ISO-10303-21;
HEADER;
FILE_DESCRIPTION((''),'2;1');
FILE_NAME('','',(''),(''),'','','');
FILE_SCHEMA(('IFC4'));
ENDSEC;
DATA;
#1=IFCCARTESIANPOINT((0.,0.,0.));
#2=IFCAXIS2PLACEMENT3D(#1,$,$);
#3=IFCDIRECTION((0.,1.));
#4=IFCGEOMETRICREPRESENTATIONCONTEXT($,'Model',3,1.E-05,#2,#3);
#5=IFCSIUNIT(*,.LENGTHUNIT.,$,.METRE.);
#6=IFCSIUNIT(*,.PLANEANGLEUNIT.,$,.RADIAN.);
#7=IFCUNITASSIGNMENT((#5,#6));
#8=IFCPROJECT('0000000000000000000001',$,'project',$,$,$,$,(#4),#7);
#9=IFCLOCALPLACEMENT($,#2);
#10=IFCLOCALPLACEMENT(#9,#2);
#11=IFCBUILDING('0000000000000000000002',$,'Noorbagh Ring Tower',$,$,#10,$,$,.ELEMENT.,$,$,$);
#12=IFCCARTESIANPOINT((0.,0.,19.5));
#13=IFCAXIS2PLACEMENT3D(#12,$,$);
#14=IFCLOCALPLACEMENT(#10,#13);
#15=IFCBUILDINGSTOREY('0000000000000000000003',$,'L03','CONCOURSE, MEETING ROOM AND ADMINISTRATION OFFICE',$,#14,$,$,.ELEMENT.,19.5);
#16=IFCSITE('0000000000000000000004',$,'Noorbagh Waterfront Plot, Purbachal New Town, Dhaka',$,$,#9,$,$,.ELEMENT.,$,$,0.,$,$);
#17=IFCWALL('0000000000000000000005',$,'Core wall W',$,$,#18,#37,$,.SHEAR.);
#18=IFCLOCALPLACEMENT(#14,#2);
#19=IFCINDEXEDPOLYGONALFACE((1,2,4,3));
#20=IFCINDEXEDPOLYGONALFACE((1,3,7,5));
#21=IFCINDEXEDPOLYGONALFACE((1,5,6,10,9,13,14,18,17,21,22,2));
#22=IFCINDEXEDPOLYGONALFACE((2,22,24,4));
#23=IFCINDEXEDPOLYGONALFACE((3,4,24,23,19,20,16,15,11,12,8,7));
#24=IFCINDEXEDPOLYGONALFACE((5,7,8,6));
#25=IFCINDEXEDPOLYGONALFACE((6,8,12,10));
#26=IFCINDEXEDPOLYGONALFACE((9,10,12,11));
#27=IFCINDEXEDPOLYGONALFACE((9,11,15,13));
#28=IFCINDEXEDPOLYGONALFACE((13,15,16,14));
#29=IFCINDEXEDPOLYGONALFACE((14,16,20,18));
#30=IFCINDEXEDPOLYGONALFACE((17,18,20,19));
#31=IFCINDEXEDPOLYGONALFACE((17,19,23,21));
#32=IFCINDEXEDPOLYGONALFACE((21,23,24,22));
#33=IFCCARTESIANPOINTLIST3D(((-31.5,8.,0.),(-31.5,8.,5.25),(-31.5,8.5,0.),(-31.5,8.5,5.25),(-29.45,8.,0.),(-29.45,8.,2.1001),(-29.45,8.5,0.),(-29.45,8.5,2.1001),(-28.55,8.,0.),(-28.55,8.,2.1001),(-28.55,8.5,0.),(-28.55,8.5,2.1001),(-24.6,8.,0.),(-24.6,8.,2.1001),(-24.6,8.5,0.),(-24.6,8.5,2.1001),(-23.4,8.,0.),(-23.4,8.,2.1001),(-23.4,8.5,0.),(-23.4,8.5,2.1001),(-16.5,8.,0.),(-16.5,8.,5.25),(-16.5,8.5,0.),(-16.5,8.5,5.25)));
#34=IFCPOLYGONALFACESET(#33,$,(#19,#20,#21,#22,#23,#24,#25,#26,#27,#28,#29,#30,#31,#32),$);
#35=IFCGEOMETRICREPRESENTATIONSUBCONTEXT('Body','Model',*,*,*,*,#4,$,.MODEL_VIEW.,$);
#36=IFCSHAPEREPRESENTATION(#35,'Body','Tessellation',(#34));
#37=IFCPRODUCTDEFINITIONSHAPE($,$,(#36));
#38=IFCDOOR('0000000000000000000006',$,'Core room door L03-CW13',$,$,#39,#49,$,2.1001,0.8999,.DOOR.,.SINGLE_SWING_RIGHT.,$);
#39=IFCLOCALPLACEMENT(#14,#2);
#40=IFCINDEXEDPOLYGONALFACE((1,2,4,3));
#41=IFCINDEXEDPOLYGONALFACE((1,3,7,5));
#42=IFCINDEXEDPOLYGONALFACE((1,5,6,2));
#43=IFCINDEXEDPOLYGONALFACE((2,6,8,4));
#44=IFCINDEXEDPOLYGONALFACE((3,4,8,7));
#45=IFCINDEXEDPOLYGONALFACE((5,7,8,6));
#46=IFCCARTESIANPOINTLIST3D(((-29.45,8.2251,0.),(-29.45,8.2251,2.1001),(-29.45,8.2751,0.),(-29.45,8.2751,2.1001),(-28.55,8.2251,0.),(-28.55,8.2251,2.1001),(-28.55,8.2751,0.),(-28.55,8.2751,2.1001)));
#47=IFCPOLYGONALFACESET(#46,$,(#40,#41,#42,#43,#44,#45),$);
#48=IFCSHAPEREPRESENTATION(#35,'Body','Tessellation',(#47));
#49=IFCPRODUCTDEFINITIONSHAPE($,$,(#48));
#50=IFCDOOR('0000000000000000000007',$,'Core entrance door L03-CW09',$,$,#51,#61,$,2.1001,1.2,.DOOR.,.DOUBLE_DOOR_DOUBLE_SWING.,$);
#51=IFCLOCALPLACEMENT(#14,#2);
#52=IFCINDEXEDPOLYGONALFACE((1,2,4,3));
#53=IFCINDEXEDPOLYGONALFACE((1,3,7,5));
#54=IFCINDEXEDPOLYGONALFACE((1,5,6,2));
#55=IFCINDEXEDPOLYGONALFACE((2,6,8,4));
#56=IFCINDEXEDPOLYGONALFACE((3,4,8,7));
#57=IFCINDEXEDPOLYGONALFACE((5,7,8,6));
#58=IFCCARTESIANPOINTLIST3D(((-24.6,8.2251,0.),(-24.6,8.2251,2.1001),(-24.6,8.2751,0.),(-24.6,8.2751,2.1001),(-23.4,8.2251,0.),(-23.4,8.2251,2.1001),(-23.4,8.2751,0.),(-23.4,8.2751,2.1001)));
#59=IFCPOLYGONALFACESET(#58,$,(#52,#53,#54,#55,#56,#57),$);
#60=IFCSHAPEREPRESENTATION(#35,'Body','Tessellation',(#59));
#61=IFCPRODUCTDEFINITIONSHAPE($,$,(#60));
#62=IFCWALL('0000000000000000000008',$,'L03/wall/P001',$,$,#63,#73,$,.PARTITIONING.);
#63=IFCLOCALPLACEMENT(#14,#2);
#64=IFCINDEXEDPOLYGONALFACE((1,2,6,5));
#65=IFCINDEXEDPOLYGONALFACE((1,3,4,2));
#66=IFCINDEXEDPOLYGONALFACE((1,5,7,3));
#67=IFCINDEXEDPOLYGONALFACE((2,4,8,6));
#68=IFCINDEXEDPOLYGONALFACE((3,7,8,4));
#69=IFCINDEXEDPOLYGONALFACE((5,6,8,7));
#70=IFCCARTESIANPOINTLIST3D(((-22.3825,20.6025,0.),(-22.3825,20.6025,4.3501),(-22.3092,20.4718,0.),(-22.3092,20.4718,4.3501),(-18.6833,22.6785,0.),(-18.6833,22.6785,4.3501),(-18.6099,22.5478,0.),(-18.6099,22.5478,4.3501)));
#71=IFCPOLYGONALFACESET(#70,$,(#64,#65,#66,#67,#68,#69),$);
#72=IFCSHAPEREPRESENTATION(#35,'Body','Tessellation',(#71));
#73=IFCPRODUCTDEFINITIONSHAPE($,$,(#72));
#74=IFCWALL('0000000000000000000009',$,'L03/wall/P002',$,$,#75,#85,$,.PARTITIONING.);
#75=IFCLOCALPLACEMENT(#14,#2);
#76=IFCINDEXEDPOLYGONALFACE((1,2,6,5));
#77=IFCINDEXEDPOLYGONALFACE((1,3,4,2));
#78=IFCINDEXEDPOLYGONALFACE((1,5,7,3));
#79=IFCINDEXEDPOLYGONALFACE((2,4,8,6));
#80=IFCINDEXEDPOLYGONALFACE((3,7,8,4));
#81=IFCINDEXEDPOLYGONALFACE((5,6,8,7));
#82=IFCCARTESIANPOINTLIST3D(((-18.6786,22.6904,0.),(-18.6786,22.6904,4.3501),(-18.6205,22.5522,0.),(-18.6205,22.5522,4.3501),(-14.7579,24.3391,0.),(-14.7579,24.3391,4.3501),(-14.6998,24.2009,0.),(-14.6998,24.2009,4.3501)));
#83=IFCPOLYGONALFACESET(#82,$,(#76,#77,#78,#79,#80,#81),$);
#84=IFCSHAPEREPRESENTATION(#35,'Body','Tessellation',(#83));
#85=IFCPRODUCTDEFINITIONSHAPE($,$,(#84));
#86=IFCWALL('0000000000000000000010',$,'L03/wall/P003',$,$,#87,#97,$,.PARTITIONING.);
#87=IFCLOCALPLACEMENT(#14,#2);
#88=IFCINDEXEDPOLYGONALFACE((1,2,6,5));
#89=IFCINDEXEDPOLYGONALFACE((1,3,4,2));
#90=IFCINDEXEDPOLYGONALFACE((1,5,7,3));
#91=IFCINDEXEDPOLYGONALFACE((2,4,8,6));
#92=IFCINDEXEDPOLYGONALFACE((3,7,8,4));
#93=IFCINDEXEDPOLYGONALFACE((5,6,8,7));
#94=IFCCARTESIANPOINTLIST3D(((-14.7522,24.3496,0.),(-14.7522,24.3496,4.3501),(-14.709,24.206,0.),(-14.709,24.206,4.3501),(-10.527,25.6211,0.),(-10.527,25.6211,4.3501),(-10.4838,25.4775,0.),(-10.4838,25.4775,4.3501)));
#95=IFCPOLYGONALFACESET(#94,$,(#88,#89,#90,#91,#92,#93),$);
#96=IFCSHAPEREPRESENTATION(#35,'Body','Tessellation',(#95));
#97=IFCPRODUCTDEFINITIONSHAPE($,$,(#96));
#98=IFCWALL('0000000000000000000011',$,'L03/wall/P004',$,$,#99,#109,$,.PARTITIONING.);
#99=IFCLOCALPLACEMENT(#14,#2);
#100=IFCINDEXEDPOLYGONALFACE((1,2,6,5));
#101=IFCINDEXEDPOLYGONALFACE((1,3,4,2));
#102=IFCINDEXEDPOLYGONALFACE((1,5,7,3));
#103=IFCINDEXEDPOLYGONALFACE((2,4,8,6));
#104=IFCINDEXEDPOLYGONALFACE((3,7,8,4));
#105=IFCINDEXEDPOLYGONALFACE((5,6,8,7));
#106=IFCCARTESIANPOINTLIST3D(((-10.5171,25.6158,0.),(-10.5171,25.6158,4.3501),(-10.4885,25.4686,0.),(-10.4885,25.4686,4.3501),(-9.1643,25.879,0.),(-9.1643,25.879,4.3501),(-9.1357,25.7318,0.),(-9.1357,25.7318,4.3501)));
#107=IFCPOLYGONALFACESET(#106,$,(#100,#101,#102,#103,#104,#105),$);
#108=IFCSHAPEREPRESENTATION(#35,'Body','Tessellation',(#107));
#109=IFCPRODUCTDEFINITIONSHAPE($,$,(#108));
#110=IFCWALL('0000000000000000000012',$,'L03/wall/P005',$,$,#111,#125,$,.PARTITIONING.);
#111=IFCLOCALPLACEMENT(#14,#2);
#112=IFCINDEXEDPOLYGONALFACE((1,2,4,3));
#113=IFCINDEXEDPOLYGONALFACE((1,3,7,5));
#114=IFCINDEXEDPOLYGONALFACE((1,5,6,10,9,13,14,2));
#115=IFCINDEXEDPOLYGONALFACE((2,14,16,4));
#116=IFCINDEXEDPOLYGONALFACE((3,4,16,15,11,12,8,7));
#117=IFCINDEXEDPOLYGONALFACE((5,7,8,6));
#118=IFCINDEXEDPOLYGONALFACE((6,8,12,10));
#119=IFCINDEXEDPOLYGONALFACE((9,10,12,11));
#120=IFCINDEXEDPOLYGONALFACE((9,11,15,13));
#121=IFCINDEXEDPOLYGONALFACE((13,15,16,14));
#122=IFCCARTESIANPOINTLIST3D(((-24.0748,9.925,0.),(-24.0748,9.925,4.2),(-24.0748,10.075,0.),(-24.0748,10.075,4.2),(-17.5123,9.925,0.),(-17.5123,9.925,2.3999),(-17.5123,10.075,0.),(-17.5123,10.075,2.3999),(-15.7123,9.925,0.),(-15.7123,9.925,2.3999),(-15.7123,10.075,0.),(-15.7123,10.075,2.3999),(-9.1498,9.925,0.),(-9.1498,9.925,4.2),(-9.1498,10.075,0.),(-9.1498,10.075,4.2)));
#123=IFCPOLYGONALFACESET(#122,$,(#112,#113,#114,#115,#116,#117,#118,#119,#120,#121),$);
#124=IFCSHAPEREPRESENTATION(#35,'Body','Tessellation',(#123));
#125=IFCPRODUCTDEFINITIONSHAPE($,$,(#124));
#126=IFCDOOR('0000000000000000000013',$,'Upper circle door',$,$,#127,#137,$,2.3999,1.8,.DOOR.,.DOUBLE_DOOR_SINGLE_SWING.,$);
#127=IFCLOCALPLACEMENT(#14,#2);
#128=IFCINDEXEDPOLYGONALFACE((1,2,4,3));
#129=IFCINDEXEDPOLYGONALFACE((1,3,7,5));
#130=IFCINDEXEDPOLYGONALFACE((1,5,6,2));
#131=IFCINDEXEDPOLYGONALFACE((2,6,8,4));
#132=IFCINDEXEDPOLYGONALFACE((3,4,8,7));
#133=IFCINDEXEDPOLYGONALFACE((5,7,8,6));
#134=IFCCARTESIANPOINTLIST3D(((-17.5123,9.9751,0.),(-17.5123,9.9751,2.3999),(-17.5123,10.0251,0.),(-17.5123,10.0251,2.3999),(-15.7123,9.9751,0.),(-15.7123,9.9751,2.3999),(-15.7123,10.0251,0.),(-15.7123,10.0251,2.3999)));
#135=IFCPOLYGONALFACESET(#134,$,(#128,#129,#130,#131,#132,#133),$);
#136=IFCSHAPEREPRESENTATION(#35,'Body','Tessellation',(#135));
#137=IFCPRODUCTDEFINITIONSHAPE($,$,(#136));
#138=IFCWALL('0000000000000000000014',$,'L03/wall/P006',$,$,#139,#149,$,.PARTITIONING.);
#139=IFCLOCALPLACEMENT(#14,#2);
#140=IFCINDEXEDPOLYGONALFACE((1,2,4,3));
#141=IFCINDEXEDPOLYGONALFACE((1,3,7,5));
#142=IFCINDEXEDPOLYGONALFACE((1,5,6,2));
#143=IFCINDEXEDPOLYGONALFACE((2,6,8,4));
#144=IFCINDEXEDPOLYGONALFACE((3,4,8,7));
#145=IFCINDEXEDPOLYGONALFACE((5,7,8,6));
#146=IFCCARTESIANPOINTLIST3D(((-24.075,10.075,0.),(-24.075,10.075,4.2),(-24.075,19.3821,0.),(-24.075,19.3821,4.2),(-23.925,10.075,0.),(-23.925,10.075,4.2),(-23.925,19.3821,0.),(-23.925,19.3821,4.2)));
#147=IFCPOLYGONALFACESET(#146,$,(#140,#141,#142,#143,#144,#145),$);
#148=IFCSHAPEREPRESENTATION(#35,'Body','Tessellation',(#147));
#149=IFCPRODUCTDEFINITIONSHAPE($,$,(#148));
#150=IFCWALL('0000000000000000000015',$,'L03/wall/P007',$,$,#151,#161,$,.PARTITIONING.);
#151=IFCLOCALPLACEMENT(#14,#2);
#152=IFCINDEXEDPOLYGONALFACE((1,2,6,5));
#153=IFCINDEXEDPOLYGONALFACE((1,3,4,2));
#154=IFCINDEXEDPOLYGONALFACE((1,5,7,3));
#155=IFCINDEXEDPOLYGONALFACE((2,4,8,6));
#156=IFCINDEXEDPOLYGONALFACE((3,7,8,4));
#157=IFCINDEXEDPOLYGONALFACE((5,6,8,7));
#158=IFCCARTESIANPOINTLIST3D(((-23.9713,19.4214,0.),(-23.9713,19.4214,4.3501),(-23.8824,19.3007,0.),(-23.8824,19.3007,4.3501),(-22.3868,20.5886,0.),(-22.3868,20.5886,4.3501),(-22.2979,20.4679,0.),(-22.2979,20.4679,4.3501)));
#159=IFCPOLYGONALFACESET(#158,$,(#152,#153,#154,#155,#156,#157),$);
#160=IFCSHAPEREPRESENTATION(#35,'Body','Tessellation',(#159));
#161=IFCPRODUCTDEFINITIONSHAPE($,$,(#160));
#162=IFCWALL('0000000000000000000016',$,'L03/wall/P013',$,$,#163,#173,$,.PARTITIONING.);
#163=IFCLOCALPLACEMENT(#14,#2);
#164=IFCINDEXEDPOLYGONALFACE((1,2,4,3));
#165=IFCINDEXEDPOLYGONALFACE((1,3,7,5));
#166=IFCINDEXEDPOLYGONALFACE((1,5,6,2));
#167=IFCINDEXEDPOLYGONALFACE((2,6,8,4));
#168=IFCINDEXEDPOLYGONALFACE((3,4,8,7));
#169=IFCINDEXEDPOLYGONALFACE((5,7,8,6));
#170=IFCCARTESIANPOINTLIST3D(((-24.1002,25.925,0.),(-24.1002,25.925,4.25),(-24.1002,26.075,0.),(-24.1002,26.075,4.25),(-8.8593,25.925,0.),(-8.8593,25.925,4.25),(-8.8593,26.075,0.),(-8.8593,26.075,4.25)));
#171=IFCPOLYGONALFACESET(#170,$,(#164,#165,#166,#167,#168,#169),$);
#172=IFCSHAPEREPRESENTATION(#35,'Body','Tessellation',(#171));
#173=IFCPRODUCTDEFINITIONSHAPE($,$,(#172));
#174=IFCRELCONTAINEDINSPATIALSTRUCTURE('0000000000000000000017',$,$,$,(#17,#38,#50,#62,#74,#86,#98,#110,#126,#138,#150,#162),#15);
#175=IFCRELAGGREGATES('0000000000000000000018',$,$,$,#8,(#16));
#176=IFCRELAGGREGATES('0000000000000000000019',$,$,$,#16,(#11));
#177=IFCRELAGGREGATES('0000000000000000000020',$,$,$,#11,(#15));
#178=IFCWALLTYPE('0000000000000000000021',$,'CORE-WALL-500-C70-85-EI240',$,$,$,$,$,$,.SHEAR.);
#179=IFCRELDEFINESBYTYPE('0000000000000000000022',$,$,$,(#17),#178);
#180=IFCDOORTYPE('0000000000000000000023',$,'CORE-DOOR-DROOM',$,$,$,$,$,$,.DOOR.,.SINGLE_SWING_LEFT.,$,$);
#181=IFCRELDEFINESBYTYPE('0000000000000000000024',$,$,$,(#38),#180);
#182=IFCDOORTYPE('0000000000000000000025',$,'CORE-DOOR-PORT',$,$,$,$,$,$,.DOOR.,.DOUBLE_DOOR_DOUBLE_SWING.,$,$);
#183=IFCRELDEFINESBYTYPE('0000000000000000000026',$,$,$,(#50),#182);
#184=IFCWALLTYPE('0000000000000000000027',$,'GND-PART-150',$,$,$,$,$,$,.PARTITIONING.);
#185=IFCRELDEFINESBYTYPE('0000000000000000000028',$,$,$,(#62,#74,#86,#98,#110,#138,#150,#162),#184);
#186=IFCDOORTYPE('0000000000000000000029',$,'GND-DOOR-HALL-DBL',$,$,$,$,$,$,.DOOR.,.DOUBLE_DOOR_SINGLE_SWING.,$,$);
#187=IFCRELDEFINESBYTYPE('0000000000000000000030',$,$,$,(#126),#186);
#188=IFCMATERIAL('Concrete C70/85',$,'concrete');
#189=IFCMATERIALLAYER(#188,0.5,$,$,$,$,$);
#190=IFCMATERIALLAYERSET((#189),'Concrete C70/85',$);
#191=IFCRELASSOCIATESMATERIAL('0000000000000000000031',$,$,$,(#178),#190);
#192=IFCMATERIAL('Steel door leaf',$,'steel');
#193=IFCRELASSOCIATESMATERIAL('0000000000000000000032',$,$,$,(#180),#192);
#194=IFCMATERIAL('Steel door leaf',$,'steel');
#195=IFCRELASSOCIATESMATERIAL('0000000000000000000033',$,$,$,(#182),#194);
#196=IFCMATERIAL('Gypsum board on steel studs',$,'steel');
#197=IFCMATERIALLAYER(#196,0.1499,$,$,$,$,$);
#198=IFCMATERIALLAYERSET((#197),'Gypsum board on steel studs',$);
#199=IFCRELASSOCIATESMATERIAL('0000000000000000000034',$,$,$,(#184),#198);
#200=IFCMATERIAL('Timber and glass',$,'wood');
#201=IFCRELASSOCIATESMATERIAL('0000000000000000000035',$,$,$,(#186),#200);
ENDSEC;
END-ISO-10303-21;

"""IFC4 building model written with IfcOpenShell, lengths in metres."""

from ifc_helpers import new_model, si_unit, direction, frame, frame_2d, origin, place, context, subcontext, project, spatial, rectangle, extrude, material, layer, layer_set, type_object, element, fill, save


model = new_model("IFC4")

# Units and contexts
model_context = context("Model", 3, precision=1e-05, world=origin(), true_north=direction((0.0, 1.0)))
body_context = subcontext(model_context, "Body", "Model", "MODEL_VIEW")
ifc_project = project(units=[si_unit("LENGTHUNIT", "METRE"), si_unit("PLANEANGLEUNIT", "RADIAN")], contexts=[model_context])

# Site, building, storey
site_placement = place(None, origin())
site = spatial("IfcSite", under=ifc_project, at=site_placement, Name="Noorbagh Waterfront Plot, Purbachal New Town, Dhaka", CompositionType="ELEMENT", RefElevation=0.0)
building_placement = place(site_placement, origin())
building = spatial("IfcBuilding", under=site, at=building_placement, Name="Noorbagh Ring Tower", CompositionType="ELEMENT")
storey_placement = place(building_placement, frame((0.0, 0.0, 19.5)))
storey = spatial("IfcBuildingStorey", under=building, at=storey_placement, Name="L03", Description="CONCOURSE, MEETING ROOM AND ADMINISTRATION OFFICE", CompositionType="ELEMENT", Elevation=19.5)

# Wall, openings, doors
ifc_material_1 = material(Name="Concrete C70/85", Category="concrete")
ifc_layer_1 = layer(ifc_material_1, 0.5)
ifc_layer_set_1 = layer_set([ifc_layer_1], Name="Concrete C70/85")
wall_type_1 = type_object("IfcWallType", Name="CORE-WALL-500-C70-85-EI240", PredefinedType="SHEAR", material=ifc_layer_set_1)
wall_1_placement = place(storey_placement, frame((-16.5, 8.25, 0.0), z_axis=(0.0, 0.0, 1.0), x_axis=(-1.0, 0.0, 0.0)))
wall_1 = element("IfcWall", 1, at=wall_1_placement, inside=storey, type_object=wall_type_1, Name="Core wall W", PredefinedType="SHEAR", context=body_context, shape_type="SweptSolid", body=[
    extrude(rectangle(XDim=15.0, YDim=0.5, at=frame_2d((7.5, 0.0))), origin(), (0.0, 0.0, 1.0), 5.25),
])
opening_1_placement = place(wall_1_placement, frame((6.8999, 0.0, 0.0)))
opening_1 = element("IfcOpeningElement", 2, at=opening_1_placement, cuts=wall_1, PredefinedType="OPENING", context=body_context, shape_type="SweptSolid", body=[
    extrude(rectangle(XDim=1.2, YDim=2.1001, at=frame_2d((0.6001, 1.05))), frame((0.0, 0.26, 0.0), z_axis=(0.0, -1.0, 0.0), x_axis=(1.0, 0.0, 0.0)), (0.0, 0.0, 1.0), 0.52),
])
opening_2_placement = place(wall_1_placement, frame((12.05, 0.0, 0.0)))
opening_2 = element("IfcOpeningElement", 3, at=opening_2_placement, cuts=wall_1, PredefinedType="OPENING", context=body_context, shape_type="SweptSolid", body=[
    extrude(rectangle(XDim=0.8999, YDim=2.1001, at=frame_2d((0.45, 1.05))), frame((0.0, 0.26, 0.0), z_axis=(0.0, -1.0, 0.0), x_axis=(1.0, 0.0, 0.0)), (0.0, 0.0, 1.0), 0.52),
])
ifc_material_2 = material(Name="Steel door leaf", Category="steel")
door_type_1 = type_object("IfcDoorType", Name="CORE-DOOR-DROOM", OperationType="SINGLE_SWING_LEFT", PredefinedType="DOOR", material=ifc_material_2)
door_1_placement = place(opening_2_placement, origin())
door_1 = element("IfcDoor", 4, at=door_1_placement, inside=storey, type_object=door_type_1, Name="Core room door L03-CW13", OperationType="SINGLE_SWING_RIGHT", OverallHeight=2.1001, OverallWidth=0.8999, PredefinedType="DOOR", context=body_context, shape_type="SweptSolid", body=[
    extrude(rectangle(XDim=0.8999, YDim=2.1001, at=frame_2d((0.45, 1.05))), frame((0.0, 0.0249, 0.0), z_axis=(0.0, -1.0, 0.0), x_axis=(1.0, 0.0, 0.0)), (0.0, 0.0, 1.0), 0.05),
])
fill(opening_2, door_1)
ifc_material_3 = material(Name="Steel door leaf", Category="steel")
door_type_2 = type_object("IfcDoorType", Name="CORE-DOOR-PORT", OperationType="DOUBLE_DOOR_DOUBLE_SWING", PredefinedType="DOOR", material=ifc_material_3)
door_2_placement = place(opening_1_placement, origin())
door_2 = element("IfcDoor", 5, at=door_2_placement, inside=storey, type_object=door_type_2, Name="Core entrance door L03-CW09", OperationType="DOUBLE_DOOR_DOUBLE_SWING", OverallHeight=2.1001, OverallWidth=1.2, PredefinedType="DOOR", context=body_context, shape_type="SweptSolid", body=[
    extrude(rectangle(XDim=1.2, YDim=2.1001, at=frame_2d((0.6001, 1.05))), frame((0.0, 0.0249, 0.0), z_axis=(0.0, -1.0, 0.0), x_axis=(1.0, 0.0, 0.0)), (0.0, 0.0, 1.0), 0.05),
])
fill(opening_1, door_2)

# Walls
ifc_material_4 = material(Name="Gypsum board on steel studs", Category="steel")
ifc_layer_2 = layer(ifc_material_4, 0.1499)
ifc_layer_set_2 = layer_set([ifc_layer_2], Name="Gypsum board on steel studs")
wall_type_2 = type_object("IfcWallType", Name="GND-PART-150", PredefinedType="PARTITIONING", material=ifc_layer_set_2)
wall_2_placement = place(storey_placement, frame((-22.3459, 20.5371, 0.0), z_axis=(0.0, 0.0, 1.0), x_axis=(0.872067, 0.489387, 0.0)))
element("IfcWall", 6, at=wall_2_placement, inside=storey, type_object=wall_type_2, Name="L03/wall/P001", PredefinedType="PARTITIONING", context=body_context, shape_type="SweptSolid", body=[
    extrude(rectangle(XDim=4.2419, YDim=0.1499, at=frame_2d((2.1211, 0.0))), origin(), (0.0, 0.0, 1.0), 4.3501),
])
wall_3_placement = place(storey_placement, frame((-18.6494, 22.6213, 0.0), z_axis=(0.0, 0.0, 1.0), x_axis=(0.921814, 0.387634, 0.0)))
element("IfcWall", 7, at=wall_3_placement, inside=storey, type_object=wall_type_2, Name="L03/wall/P002", PredefinedType="PARTITIONING", context=body_context, shape_type="SweptSolid", body=[
    extrude(rectangle(XDim=4.2532, YDim=0.1499, at=frame_2d((2.1265, 0.0))), origin(), (0.0, 0.0, 1.0), 4.3501),
])
wall_4_placement = place(storey_placement, frame((-14.7305, 24.2778, 0.0), z_axis=(0.0, 0.0, 1.0), x_axis=(0.957579, 0.28817, 0.0)))
element("IfcWall", 8, at=wall_4_placement, inside=storey, type_object=wall_type_2, Name="L03/wall/P003", PredefinedType="PARTITIONING", context=body_context, shape_type="SweptSolid", body=[
    extrude(rectangle(XDim=4.4124, YDim=0.1499, at=frame_2d((2.2061, 0.0))), origin(), (0.0, 0.0, 1.0), 4.3501),
])
wall_5_placement = place(storey_placement, frame((-10.5027, 25.5422, 0.0), z_axis=(0.0, 0.0, 1.0), x_axis=(0.981596, 0.190969, 0.0)))
element("IfcWall", 9, at=wall_5_placement, inside=storey, type_object=wall_type_2, Name="L03/wall/P004", PredefinedType="PARTITIONING", context=body_context, shape_type="SweptSolid", body=[
    extrude(rectangle(XDim=1.3782, YDim=0.1499, at=frame_2d((0.689, 0.0))), origin(), (0.0, 0.0, 1.0), 4.3501),
])

# Wall, opening, door
wall_6_placement = place(storey_placement, frame((-9.1499, 10.0, 0.0), z_axis=(0.0, 0.0, 1.0), x_axis=(-1.0, 0.0, 0.0)))
wall_6 = element("IfcWall", 10, at=wall_6_placement, inside=storey, type_object=wall_type_2, Name="L03/wall/P005", PredefinedType="PARTITIONING", context=body_context, shape_type="SweptSolid", body=[
    extrude(rectangle(XDim=14.925, YDim=0.1499, at=frame_2d((7.4624, 0.0))), origin(), (0.0, 0.0, 1.0), 4.2),
])
opening_3_placement = place(wall_6_placement, frame((6.5625, 0.0, 0.0)))
opening_3 = element("IfcOpeningElement", 11, at=opening_3_placement, cuts=wall_6, PredefinedType="OPENING", context=body_context, shape_type="SweptSolid", body=[
    extrude(rectangle(XDim=1.8, YDim=2.3999, at=frame_2d((0.8999, 1.2))), frame((0.0, 0.085, 0.0), z_axis=(0.0, -1.0, 0.0), x_axis=(1.0, 0.0, 0.0)), (0.0, 0.0, 1.0), 0.1699),
])
ifc_material_5 = material(Name="Timber and glass", Category="wood")
door_type_3 = type_object("IfcDoorType", Name="GND-DOOR-HALL-DBL", OperationType="DOUBLE_DOOR_SINGLE_SWING", PredefinedType="DOOR", material=ifc_material_5)
door_3_placement = place(opening_3_placement, origin())
door_3 = element("IfcDoor", 12, at=door_3_placement, inside=storey, type_object=door_type_3, Name="Upper circle door", OperationType="DOUBLE_DOOR_SINGLE_SWING", OverallHeight=2.3999, OverallWidth=1.8, PredefinedType="DOOR", context=body_context, shape_type="SweptSolid", body=[
    extrude(rectangle(XDim=1.8, YDim=2.3999, at=frame_2d((0.8999, 1.2))), frame((0.0, 0.0249, 0.0), z_axis=(0.0, -1.0, 0.0), x_axis=(1.0, 0.0, 0.0)), (0.0, 0.0, 1.0), 0.05),
])
fill(opening_3, door_3)

# Walls
wall_7_placement = place(storey_placement, frame((-24.0, 10.075, 0.0), z_axis=(0.0, 0.0, 1.0), x_axis=(0.0, 1.0, 0.0)))
element("IfcWall", 13, at=wall_7_placement, inside=storey, type_object=wall_type_2, Name="L03/wall/P006", PredefinedType="PARTITIONING", context=body_context, shape_type="SweptSolid", body=[
    extrude(rectangle(XDim=9.3071, YDim=0.1499, at=frame_2d((4.6536, 0.0))), origin(), (0.0, 0.0, 1.0), 4.2),
])
wall_8_placement = place(storey_placement, frame((-23.9268, 19.3611, 0.0), z_axis=(0.0, 0.0, 1.0), x_axis=(0.805121, 0.59311, 0.0)))
element("IfcWall", 14, at=wall_8_placement, inside=storey, type_object=wall_type_2, Name="L03/wall/P007", PredefinedType="PARTITIONING", context=body_context, shape_type="SweptSolid", body=[
    extrude(rectangle(XDim=1.968, YDim=0.1499, at=frame_2d((0.9839, 0.0))), origin(), (0.0, 0.0, 1.0), 4.3501),
])
wall_9_placement = place(storey_placement, frame((-8.8591, 26.0, 0.0), z_axis=(0.0, 0.0, 1.0), x_axis=(-1.0, 0.0, 0.0)))
element("IfcWall", 15, at=wall_9_placement, inside=storey, type_object=wall_type_2, Name="L03/wall/P013", PredefinedType="PARTITIONING", context=body_context, shape_type="SweptSolid", body=[
    extrude(rectangle(XDim=15.241, YDim=0.1499, at=frame_2d((7.6206, 0.0))), origin(), (0.0, 0.0, 1.0), 4.25),
])

save(model, "model.ifc")
